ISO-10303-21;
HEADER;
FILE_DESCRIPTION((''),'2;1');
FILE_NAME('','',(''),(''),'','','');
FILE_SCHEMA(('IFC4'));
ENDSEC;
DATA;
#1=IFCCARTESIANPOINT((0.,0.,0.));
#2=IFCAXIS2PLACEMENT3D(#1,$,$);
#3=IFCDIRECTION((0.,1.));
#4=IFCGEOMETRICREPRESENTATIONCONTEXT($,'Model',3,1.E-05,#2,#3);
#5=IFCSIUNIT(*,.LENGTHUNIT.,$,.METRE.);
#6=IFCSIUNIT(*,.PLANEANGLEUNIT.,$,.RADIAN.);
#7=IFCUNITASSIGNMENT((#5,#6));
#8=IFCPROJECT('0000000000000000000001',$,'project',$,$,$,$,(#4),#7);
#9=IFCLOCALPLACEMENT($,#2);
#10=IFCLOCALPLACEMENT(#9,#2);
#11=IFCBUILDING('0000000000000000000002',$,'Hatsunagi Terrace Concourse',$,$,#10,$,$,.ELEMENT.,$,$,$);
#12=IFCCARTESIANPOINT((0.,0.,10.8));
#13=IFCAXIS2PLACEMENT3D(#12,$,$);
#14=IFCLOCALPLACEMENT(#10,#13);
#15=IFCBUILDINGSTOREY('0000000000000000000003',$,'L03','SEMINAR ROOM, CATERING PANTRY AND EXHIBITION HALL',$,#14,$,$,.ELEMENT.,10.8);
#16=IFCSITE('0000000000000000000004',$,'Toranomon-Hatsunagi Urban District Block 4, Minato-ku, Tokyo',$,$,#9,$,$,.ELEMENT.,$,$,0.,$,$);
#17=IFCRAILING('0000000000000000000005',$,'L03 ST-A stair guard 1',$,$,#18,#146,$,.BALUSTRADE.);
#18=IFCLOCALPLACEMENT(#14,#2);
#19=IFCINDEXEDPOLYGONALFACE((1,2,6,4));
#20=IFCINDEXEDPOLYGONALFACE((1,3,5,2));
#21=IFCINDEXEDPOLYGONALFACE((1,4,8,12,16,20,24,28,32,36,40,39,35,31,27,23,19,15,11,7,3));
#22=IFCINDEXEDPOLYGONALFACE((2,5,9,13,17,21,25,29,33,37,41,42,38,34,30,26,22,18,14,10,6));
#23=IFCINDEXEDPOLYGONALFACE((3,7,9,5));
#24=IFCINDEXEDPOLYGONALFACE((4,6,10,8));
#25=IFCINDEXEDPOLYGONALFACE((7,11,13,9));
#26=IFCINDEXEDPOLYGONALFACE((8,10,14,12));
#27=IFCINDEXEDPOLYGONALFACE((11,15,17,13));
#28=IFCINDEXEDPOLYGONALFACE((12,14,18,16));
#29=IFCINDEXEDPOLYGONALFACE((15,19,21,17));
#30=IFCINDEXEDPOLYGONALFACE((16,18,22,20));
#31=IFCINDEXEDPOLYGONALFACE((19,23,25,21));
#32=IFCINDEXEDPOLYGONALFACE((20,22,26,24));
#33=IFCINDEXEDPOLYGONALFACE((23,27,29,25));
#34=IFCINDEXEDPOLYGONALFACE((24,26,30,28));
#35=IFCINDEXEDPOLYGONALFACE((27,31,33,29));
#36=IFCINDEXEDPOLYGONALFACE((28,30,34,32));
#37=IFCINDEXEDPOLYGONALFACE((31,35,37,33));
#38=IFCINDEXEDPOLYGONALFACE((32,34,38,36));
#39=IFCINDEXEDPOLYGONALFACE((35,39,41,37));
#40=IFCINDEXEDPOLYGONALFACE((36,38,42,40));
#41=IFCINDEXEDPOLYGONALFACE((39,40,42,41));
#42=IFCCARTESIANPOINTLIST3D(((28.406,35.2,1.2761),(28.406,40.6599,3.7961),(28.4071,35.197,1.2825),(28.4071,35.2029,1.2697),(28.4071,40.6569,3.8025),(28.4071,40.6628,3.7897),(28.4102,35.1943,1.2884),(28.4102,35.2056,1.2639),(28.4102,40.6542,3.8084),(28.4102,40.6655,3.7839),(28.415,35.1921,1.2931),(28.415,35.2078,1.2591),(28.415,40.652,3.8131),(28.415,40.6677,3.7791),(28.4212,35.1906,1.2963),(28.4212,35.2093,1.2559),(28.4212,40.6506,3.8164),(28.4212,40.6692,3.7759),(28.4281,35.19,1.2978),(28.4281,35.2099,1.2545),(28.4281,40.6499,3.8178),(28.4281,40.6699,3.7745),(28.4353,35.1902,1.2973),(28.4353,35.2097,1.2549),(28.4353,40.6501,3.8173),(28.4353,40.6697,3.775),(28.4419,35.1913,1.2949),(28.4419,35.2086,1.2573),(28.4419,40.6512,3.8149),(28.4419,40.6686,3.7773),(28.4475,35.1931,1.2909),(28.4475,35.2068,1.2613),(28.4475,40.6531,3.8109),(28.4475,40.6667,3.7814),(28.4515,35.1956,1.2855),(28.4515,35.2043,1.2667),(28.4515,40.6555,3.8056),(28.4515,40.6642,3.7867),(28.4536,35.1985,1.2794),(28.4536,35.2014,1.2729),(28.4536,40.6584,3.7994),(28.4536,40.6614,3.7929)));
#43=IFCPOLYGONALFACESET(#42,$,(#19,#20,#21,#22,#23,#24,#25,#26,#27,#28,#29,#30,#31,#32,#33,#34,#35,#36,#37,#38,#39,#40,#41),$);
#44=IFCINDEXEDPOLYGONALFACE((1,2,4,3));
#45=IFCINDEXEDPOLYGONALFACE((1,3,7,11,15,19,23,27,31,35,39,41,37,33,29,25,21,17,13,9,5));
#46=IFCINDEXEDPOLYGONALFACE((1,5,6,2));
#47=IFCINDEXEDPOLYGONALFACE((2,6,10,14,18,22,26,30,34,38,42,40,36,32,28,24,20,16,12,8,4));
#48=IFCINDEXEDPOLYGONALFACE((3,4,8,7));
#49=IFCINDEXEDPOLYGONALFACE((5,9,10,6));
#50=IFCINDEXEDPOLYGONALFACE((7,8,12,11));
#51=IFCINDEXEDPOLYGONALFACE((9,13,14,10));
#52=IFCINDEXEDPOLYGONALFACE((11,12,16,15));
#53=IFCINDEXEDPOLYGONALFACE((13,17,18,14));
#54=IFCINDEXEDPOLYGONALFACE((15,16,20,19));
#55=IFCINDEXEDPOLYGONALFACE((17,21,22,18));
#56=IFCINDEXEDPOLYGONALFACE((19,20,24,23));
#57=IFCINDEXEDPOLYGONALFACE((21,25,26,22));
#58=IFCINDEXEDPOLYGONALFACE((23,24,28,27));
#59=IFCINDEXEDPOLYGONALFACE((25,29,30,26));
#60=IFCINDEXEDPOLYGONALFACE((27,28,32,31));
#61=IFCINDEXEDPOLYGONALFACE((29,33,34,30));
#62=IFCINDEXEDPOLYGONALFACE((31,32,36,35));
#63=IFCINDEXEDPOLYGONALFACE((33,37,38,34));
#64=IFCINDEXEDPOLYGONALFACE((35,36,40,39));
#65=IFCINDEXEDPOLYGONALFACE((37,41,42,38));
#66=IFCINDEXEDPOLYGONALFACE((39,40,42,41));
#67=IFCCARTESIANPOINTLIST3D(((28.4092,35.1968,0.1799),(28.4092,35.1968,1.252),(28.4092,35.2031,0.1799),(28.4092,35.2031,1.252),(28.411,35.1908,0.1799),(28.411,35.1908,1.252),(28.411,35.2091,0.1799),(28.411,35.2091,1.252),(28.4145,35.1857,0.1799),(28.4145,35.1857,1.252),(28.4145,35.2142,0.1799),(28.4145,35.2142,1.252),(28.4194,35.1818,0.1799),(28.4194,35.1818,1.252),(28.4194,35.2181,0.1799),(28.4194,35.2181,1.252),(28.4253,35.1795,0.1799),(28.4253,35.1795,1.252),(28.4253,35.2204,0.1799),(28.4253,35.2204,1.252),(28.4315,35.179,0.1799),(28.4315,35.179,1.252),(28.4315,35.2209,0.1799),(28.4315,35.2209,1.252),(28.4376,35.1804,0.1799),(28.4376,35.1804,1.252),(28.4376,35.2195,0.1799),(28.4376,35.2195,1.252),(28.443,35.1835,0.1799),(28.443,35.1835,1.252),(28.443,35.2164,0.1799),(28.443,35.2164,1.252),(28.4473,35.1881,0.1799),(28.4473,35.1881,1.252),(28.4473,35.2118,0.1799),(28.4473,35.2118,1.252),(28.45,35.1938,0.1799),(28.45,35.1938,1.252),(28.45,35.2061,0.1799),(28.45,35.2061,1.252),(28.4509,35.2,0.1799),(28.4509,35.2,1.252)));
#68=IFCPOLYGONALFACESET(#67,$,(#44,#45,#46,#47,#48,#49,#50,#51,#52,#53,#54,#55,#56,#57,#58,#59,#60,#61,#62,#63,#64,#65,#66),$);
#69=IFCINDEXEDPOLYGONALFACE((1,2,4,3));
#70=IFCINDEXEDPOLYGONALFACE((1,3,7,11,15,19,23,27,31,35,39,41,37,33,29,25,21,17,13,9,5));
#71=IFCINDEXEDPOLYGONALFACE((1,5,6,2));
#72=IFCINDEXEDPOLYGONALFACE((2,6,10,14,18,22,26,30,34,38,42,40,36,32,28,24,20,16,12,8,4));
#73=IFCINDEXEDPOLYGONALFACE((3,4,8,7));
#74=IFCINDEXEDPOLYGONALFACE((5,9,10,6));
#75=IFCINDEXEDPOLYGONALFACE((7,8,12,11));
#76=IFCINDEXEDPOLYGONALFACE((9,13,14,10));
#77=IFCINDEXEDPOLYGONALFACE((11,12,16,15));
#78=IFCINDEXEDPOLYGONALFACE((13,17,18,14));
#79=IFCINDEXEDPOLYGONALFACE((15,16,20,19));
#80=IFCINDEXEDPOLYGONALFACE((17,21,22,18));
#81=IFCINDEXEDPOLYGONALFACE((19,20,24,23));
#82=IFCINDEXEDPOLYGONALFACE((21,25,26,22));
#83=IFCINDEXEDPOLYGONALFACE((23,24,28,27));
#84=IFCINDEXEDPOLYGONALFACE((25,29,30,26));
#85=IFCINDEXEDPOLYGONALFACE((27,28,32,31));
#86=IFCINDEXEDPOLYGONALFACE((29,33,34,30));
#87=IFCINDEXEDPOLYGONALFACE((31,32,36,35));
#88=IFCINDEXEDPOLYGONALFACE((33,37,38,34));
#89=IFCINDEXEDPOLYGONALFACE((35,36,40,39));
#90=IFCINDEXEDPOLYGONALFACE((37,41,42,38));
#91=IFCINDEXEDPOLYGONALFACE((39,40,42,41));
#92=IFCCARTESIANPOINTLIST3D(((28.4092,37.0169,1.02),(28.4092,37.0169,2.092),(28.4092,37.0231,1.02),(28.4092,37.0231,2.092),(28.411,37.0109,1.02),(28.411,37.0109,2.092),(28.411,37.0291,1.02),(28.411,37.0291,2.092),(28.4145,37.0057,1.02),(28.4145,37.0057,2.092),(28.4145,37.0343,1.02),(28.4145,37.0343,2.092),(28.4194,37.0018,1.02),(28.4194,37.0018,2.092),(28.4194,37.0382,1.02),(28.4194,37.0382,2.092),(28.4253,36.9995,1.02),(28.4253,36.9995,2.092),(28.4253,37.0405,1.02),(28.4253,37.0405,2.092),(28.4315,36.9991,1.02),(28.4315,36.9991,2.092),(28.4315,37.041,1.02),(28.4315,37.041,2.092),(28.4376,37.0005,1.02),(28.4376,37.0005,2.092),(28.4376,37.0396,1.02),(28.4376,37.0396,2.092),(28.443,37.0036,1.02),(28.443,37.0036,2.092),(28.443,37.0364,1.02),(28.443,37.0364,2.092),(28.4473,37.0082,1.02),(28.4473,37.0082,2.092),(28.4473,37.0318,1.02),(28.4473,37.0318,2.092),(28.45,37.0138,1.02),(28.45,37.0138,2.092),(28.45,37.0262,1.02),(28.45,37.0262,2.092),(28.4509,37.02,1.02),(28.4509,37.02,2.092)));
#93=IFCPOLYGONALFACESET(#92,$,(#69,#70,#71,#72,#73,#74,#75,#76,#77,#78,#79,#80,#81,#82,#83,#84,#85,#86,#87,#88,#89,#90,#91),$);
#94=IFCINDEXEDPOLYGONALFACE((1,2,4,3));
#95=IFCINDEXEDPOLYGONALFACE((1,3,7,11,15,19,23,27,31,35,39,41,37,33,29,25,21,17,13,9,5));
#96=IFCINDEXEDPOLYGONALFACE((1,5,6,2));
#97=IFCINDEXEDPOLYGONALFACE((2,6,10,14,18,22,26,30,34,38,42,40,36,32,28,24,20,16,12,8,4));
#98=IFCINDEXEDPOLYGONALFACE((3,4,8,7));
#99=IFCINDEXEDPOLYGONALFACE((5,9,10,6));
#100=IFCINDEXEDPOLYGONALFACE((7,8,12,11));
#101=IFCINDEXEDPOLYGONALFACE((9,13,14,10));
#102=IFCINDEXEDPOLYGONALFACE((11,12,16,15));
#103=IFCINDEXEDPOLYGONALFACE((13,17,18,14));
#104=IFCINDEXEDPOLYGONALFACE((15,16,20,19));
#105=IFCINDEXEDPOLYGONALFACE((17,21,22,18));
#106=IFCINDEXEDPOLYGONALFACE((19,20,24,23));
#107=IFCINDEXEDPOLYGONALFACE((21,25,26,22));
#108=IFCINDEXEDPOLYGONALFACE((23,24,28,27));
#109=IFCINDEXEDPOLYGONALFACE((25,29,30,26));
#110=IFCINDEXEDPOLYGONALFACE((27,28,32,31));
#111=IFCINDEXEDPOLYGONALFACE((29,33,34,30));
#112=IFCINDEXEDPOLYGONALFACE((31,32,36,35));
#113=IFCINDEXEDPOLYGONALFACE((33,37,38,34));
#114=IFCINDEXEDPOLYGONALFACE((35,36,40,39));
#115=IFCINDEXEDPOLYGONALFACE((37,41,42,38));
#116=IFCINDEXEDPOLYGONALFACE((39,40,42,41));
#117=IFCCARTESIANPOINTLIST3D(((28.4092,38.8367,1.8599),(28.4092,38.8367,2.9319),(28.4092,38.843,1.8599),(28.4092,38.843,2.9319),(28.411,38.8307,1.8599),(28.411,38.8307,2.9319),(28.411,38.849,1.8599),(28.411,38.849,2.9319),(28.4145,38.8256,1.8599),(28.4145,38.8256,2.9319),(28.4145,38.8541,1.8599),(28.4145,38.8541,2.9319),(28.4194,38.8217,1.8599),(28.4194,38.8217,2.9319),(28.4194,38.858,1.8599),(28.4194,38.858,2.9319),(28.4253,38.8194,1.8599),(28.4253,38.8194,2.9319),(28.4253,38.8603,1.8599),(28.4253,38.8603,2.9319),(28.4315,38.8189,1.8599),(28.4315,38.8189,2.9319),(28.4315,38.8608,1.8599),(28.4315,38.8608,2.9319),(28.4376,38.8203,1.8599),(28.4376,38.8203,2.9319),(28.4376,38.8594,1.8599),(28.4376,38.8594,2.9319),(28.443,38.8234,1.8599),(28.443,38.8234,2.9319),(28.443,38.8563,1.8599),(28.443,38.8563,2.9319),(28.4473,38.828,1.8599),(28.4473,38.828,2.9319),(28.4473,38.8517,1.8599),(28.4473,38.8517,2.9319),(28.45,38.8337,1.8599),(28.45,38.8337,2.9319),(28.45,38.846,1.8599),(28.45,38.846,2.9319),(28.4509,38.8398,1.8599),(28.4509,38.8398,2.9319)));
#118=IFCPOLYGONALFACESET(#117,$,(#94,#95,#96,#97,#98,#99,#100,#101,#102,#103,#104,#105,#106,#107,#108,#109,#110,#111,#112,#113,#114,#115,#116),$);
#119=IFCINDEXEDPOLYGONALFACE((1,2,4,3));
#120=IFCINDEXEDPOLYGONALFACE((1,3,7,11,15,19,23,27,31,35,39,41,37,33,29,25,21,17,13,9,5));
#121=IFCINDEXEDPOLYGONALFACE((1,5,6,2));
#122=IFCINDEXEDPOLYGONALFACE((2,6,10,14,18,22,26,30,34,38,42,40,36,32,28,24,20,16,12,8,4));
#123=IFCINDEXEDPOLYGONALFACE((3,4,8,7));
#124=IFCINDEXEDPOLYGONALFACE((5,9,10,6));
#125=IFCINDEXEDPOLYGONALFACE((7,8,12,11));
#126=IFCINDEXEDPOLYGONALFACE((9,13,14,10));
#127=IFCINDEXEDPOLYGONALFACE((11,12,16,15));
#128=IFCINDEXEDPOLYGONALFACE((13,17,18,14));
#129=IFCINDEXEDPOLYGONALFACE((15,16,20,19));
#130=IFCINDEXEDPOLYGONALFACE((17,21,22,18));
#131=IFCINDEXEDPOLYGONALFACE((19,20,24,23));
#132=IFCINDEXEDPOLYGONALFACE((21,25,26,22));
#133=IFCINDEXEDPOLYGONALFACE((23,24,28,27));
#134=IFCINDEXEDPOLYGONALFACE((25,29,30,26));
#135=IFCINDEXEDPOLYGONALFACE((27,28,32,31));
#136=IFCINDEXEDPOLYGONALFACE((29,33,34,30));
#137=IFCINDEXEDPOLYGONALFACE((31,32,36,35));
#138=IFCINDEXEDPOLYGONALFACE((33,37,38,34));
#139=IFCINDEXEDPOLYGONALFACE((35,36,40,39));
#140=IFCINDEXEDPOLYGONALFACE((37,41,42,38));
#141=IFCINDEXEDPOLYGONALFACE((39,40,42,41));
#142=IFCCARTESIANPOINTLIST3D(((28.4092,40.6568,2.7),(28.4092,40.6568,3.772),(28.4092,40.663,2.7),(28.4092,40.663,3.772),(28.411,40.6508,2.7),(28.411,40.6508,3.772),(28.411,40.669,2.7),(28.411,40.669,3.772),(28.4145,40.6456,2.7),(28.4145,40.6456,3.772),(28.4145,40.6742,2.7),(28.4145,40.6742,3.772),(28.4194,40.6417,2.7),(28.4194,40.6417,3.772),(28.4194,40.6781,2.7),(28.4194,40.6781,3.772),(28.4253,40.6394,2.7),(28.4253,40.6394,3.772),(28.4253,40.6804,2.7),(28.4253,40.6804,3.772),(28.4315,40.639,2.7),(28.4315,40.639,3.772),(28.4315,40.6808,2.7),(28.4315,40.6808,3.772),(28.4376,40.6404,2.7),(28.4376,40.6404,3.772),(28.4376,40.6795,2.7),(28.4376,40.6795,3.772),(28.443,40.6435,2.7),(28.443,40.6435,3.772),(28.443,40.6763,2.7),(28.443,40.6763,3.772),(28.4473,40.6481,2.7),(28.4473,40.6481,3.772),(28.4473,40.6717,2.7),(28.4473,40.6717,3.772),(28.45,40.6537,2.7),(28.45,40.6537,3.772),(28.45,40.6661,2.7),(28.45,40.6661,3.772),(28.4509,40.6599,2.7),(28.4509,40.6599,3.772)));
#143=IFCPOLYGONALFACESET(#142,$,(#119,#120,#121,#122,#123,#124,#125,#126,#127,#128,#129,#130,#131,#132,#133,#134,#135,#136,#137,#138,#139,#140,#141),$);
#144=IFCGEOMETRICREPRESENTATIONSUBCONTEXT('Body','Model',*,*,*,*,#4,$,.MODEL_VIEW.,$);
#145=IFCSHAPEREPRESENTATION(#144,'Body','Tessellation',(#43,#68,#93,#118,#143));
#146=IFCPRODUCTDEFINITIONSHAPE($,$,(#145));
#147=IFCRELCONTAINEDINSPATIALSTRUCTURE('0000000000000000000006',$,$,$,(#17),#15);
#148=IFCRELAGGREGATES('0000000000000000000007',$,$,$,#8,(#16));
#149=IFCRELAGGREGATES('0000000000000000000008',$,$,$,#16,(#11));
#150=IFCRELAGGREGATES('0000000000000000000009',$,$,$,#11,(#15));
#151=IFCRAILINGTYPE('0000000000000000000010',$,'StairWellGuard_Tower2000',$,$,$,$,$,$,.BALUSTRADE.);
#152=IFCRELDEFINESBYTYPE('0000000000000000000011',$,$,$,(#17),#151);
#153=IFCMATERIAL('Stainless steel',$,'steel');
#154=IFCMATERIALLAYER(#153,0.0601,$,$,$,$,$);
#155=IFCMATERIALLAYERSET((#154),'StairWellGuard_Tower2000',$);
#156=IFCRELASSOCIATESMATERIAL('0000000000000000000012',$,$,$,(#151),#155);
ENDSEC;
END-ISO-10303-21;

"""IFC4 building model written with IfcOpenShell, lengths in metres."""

from ifc_helpers import new_model, si_unit, direction, frame, origin, origin_2d, place, context, subcontext, project, spatial, circle, extrude, material, layer, layer_set, type_object, element, save


model = new_model("IFC4")

# Units and contexts
model_context = context("Model", 3, precision=1e-05, world=origin(), true_north=direction((0.0, 1.0)))
body_context = subcontext(model_context, "Body", "Model", "MODEL_VIEW")
ifc_project = project(units=[si_unit("LENGTHUNIT", "METRE"), si_unit("PLANEANGLEUNIT", "RADIAN")], contexts=[model_context])

# Site, building, storey
site_placement = place(None, origin())
site = spatial("IfcSite", under=ifc_project, at=site_placement, Name="Toranomon-Hatsunagi Urban District Block 4, Minato-ku, Tokyo", CompositionType="ELEMENT", RefElevation=0.0)
building_placement = place(site_placement, origin())
building = spatial("IfcBuilding", under=site, at=building_placement, Name="Hatsunagi Terrace Concourse", CompositionType="ELEMENT")
storey_placement = place(building_placement, frame((0.0, 0.0, 10.8)))
storey = spatial("IfcBuildingStorey", under=building, at=storey_placement, Name="L03", Description="SEMINAR ROOM, CATERING PANTRY AND EXHIBITION HALL", CompositionType="ELEMENT", Elevation=10.8)

# Railing
ifc_material_1 = material(Name="Stainless steel", Category="steel")
ifc_layer_1 = layer(ifc_material_1, 0.0601)
ifc_layer_set_1 = layer_set([ifc_layer_1], Name="StairWellGuard_Tower2000")
railing_type_1 = type_object("IfcRailingType", Name="StairWellGuard_Tower2000", PredefinedType="BALUSTRADE", material=ifc_layer_set_1)
railing_1_placement = place(storey_placement, frame((28.4299, 35.2, 0.1799)))
element("IfcRailing", 1, at=railing_1_placement, inside=storey, type_object=railing_type_1, Name="L03 ST-A stair guard 1", PredefinedType="BALUSTRADE", context=body_context, shape_type="SweptSolid", body=[
    extrude(circle(Radius=0.0239, at=origin_2d()), frame((0.0, 0.0, 1.0962), z_axis=(0.0, 0.907957, 0.419063), x_axis=(-1.0, 0.0, 0.0)), (0.0, 0.0, 1.0), 6.0134),
    extrude(circle(Radius=0.021, at=origin_2d()), origin(), (0.0, 0.0, 1.0), 1.072),
    extrude(circle(Radius=0.021, at=origin_2d()), frame((0.0, 1.8201, 0.8401)), (0.0, 0.0, 1.0), 1.072),
    extrude(circle(Radius=0.021, at=origin_2d()), frame((0.0, 3.6399, 1.6799)), (0.0, 0.0, 1.0), 1.072),
    extrude(circle(Radius=0.021, at=origin_2d()), frame((0.0, 5.46, 2.52)), (0.0, 0.0, 1.0), 1.072),
])

save(model, "model.ifc")
